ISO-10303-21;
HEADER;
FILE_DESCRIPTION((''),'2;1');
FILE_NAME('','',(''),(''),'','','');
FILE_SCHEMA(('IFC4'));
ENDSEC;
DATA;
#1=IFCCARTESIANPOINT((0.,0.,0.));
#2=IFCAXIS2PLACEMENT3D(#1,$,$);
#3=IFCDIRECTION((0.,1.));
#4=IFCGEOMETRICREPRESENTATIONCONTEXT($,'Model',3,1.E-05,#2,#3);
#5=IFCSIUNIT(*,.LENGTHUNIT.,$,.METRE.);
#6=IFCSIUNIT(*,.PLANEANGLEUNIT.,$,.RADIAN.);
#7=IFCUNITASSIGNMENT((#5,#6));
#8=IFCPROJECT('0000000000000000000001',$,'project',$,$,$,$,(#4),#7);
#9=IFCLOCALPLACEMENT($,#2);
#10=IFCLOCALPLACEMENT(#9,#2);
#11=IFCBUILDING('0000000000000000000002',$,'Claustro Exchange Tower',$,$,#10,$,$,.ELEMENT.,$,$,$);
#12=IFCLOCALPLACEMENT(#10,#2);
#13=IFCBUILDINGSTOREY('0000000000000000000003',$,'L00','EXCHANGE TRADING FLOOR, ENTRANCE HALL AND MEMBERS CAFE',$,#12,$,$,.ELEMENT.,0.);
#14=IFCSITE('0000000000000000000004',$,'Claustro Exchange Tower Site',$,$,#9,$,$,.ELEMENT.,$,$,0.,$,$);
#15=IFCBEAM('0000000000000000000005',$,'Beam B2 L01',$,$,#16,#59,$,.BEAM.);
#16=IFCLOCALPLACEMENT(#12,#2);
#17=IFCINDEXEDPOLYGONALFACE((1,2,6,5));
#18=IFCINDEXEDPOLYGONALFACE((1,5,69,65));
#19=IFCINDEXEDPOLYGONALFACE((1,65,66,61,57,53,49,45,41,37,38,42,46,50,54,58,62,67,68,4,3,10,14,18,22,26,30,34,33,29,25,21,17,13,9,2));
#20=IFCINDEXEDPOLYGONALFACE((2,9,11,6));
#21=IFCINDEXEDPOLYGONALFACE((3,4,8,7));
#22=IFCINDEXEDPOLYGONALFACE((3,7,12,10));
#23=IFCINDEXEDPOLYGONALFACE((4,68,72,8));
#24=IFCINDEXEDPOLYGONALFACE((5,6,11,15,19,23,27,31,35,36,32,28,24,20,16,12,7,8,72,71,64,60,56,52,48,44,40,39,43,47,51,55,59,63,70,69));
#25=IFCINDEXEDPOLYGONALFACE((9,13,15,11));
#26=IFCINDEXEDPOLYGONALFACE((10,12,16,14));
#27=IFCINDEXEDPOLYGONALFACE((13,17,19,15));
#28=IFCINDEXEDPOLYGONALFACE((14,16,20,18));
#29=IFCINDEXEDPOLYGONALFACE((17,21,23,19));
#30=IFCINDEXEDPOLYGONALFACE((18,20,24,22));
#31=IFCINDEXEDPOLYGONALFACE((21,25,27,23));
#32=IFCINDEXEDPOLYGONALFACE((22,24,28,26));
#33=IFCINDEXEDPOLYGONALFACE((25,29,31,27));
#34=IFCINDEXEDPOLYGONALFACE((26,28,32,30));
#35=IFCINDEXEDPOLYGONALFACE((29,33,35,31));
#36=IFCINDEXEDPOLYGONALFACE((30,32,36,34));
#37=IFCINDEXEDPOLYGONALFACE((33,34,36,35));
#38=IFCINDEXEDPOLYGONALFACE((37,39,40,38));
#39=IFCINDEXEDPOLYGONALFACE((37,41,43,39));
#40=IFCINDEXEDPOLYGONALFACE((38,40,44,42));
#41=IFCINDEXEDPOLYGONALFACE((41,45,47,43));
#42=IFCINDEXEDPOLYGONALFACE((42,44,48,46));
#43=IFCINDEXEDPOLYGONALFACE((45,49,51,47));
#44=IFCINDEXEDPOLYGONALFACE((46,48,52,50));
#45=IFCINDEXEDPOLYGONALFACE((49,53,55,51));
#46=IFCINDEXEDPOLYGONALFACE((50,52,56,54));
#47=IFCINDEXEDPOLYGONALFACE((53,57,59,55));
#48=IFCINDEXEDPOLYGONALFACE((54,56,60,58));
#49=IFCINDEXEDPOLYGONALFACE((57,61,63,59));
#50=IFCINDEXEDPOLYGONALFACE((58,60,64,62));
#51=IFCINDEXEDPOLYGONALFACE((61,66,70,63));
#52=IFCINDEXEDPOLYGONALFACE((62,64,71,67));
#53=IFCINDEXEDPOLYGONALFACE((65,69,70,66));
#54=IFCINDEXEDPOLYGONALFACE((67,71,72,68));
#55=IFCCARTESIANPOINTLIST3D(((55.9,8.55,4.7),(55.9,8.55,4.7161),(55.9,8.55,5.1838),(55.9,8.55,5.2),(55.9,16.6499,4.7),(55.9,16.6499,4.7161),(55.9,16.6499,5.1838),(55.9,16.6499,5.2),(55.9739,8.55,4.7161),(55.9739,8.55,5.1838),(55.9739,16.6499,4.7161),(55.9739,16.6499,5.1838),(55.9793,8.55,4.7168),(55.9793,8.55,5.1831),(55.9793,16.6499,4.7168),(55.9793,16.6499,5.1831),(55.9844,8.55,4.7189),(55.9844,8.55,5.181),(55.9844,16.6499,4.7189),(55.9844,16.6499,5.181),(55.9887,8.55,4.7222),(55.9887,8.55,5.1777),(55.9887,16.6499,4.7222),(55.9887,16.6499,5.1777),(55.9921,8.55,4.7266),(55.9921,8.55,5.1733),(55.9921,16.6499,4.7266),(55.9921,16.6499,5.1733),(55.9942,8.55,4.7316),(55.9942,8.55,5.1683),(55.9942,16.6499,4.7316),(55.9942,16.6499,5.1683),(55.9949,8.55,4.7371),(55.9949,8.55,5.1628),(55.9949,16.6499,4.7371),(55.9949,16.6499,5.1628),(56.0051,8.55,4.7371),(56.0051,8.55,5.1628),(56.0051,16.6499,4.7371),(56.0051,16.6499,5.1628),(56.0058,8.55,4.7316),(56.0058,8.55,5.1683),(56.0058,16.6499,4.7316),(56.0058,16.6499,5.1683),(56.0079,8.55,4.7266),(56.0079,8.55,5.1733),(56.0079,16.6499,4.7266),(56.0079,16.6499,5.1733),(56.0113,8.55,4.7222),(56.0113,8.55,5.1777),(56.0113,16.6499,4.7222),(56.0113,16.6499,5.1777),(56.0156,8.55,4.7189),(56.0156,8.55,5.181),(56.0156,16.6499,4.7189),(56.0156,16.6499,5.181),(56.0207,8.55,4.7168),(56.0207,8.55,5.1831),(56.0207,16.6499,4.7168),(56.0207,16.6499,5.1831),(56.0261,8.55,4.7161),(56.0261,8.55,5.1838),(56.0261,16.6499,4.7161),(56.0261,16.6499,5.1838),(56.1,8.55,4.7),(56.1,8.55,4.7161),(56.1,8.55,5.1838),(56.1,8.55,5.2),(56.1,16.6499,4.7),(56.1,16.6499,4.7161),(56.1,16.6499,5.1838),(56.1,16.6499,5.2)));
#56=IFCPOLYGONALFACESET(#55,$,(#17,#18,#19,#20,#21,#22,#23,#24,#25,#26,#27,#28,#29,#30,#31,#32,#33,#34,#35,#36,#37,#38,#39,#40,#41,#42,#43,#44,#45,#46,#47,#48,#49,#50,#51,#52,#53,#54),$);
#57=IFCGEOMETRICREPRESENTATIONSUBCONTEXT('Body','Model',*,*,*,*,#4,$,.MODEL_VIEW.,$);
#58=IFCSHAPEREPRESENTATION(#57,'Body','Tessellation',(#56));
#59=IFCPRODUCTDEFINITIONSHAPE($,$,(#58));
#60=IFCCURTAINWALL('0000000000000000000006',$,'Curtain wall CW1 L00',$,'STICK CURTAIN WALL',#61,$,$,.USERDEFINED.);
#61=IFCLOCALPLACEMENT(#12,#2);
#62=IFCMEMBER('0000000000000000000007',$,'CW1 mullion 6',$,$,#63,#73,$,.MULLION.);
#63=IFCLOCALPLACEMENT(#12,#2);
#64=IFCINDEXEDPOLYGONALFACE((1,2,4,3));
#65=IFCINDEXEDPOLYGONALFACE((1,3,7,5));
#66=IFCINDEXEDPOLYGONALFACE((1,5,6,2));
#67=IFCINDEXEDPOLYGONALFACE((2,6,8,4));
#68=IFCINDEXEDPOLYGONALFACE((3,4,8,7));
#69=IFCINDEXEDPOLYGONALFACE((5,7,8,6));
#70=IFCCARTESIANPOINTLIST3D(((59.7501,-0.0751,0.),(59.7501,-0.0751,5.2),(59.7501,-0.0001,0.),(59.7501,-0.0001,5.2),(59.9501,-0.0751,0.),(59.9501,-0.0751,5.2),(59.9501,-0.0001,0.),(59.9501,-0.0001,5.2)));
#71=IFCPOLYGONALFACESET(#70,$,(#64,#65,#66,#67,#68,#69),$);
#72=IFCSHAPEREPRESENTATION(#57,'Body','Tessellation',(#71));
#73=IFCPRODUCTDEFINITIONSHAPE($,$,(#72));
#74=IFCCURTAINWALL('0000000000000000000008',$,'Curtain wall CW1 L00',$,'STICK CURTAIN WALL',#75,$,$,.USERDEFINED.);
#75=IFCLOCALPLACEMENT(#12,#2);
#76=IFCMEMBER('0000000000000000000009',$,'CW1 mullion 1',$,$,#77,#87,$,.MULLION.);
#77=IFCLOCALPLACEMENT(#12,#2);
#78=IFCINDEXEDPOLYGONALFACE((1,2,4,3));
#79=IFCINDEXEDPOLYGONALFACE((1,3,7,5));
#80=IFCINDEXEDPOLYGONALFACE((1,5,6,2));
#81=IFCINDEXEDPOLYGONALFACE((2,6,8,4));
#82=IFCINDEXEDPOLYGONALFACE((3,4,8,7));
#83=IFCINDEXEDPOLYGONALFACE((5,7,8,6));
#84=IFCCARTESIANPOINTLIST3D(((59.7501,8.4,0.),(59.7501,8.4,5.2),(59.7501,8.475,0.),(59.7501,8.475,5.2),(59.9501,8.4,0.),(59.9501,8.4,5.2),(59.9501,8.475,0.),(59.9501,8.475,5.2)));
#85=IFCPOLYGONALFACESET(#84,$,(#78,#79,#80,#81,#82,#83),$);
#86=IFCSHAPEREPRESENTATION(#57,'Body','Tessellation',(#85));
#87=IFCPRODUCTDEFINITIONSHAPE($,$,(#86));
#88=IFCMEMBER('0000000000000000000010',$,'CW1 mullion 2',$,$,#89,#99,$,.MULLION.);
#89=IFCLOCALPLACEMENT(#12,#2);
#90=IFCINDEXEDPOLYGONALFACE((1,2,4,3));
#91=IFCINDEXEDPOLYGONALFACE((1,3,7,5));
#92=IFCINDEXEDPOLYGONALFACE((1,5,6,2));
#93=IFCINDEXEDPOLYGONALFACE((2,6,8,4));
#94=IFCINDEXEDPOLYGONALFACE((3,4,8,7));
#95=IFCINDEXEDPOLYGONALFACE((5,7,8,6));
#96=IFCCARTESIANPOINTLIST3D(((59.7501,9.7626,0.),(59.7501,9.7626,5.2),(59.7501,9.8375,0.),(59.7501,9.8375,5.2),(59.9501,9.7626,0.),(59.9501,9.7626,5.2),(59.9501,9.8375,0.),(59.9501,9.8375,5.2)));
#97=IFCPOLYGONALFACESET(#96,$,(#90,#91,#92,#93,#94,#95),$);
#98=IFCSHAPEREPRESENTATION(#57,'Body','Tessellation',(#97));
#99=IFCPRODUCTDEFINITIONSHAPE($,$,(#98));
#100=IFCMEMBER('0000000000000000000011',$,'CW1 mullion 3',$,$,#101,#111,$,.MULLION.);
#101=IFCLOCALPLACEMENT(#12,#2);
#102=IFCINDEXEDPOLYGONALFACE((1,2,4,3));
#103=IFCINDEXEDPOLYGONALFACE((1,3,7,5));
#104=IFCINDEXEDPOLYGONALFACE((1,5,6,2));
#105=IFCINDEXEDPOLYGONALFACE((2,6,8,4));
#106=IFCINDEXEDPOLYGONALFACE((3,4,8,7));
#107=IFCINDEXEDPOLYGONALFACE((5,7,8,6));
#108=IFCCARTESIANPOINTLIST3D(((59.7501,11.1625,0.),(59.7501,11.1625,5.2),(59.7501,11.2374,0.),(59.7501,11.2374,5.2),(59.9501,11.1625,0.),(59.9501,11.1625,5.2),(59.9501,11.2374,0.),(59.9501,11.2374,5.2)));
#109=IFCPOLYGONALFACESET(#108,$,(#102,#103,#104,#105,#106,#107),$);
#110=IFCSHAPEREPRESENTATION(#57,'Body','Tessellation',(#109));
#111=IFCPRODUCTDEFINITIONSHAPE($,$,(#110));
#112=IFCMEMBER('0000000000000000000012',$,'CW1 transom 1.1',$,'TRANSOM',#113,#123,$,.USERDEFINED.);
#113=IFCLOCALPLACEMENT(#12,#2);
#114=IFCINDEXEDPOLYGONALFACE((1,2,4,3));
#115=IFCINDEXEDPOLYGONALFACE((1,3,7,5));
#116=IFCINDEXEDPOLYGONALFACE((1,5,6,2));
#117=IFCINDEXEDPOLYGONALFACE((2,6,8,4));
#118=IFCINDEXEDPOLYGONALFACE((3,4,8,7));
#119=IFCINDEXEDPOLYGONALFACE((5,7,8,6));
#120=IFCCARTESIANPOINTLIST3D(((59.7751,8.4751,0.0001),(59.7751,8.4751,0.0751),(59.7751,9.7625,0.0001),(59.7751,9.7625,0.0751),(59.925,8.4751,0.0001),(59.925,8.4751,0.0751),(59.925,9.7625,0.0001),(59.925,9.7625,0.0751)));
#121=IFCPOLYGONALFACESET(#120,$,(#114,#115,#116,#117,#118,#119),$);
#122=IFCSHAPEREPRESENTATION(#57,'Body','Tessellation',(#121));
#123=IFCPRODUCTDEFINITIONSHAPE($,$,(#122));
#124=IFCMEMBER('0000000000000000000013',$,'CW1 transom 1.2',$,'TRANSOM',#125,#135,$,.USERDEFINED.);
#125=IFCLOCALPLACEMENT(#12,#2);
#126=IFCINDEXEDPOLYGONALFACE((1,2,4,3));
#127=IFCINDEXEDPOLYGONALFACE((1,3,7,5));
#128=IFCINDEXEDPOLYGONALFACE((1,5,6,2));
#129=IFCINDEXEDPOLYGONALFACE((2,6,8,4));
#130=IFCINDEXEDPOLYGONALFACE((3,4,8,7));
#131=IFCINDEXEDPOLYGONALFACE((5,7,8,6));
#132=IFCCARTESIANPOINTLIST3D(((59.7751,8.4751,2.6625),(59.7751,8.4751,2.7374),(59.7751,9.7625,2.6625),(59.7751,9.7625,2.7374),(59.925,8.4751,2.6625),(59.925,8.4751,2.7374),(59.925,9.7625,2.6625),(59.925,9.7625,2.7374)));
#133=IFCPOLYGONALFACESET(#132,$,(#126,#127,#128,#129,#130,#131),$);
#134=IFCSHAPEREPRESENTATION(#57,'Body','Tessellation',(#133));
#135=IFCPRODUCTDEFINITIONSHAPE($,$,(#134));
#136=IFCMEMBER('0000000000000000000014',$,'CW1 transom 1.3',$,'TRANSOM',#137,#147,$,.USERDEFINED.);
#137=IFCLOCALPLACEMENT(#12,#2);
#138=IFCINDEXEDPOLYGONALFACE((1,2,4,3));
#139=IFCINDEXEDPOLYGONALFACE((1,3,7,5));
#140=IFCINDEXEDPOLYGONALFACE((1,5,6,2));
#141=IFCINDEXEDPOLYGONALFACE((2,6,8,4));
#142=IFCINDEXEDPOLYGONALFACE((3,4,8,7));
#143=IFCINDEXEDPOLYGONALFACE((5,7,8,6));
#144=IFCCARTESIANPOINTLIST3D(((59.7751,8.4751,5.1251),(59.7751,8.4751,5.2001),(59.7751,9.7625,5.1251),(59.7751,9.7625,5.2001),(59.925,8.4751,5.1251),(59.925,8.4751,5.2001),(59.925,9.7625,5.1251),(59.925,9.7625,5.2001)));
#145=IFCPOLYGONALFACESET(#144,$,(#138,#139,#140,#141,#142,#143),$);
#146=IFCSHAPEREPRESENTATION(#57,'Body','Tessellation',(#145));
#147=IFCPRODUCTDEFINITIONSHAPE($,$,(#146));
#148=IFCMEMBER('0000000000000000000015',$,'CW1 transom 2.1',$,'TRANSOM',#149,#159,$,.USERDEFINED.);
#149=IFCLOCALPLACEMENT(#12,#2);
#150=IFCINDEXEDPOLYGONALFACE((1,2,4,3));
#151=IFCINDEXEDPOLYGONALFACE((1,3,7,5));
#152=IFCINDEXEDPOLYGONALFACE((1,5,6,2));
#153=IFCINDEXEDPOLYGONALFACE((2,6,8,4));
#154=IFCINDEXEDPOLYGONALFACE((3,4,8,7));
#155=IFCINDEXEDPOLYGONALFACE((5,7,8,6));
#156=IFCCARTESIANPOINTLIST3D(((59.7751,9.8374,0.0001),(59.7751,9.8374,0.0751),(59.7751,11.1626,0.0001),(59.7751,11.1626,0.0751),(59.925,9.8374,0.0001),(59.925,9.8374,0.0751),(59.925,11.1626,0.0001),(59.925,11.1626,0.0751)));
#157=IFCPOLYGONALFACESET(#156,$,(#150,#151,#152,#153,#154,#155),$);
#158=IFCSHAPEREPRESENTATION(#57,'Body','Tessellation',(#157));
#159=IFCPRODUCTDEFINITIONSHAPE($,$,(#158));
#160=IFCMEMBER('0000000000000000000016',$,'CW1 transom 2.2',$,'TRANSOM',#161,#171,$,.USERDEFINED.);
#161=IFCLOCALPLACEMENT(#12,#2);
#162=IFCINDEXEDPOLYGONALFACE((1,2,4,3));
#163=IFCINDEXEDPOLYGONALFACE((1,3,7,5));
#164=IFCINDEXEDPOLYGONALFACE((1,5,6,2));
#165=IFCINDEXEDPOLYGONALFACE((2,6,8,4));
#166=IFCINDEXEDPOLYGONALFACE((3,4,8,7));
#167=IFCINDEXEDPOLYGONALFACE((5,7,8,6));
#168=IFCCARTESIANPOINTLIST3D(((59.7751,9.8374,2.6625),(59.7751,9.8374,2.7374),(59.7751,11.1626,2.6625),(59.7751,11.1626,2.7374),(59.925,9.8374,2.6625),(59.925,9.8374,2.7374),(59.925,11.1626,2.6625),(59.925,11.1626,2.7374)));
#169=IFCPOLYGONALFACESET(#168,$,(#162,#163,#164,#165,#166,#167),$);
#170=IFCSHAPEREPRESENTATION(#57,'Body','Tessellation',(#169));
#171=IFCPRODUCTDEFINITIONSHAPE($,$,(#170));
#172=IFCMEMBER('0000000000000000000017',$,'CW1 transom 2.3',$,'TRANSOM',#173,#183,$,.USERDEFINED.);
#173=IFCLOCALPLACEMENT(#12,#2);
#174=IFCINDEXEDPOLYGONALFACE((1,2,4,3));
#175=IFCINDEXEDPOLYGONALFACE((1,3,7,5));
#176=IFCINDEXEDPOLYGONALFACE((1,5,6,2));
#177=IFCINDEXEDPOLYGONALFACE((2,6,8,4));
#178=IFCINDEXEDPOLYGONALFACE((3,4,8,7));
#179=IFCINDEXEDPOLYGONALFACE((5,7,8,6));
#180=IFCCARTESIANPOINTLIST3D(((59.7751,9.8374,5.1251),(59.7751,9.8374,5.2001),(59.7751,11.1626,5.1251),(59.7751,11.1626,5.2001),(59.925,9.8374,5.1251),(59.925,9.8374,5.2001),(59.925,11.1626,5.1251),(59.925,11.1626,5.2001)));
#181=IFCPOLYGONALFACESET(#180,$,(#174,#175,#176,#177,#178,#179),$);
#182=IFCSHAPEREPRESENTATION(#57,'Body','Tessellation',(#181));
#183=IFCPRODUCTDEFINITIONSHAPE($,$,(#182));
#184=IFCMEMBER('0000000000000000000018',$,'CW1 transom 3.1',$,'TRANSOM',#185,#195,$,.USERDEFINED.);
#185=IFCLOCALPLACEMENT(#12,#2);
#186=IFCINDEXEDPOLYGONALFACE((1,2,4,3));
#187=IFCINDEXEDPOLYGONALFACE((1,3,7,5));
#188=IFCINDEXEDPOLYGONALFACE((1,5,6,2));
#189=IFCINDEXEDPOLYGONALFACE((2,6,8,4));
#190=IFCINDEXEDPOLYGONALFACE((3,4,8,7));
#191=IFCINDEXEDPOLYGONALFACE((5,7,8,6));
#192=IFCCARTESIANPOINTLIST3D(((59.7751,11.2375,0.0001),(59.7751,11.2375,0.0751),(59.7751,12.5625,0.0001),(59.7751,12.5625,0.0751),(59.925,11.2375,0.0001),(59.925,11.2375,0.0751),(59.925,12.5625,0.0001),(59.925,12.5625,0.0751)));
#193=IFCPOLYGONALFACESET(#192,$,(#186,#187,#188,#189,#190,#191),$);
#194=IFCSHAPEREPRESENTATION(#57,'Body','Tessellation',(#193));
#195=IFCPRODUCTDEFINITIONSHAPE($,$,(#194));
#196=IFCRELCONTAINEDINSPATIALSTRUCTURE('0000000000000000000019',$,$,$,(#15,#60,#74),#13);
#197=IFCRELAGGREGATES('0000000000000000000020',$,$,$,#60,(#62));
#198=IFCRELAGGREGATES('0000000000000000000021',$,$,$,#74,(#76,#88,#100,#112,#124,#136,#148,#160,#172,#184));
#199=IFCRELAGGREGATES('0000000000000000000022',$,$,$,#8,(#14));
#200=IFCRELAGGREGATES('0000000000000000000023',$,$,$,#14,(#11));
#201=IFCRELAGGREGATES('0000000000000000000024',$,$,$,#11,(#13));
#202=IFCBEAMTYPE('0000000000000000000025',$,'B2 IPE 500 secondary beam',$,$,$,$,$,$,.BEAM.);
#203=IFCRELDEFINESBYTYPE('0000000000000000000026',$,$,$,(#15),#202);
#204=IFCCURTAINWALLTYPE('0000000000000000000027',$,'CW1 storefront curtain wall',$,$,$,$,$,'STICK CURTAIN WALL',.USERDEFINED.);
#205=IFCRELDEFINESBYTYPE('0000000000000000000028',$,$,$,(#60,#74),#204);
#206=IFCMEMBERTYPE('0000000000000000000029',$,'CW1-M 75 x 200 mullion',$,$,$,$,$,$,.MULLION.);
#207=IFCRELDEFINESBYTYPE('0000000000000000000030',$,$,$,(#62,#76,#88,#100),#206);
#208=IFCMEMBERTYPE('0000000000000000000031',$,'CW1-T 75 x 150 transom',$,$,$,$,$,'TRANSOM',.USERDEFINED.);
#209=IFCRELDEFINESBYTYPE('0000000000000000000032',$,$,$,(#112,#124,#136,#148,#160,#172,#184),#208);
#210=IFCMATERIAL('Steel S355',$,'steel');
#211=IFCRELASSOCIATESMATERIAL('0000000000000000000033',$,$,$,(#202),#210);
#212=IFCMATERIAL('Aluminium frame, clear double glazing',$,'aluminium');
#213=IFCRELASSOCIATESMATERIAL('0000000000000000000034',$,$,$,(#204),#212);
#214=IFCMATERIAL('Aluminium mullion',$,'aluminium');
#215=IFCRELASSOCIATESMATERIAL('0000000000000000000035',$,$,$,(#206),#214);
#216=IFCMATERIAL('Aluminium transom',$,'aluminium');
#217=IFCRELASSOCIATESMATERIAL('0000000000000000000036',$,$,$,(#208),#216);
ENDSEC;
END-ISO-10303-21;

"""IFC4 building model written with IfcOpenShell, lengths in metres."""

from ifc_helpers import new_model, si_unit, direction, frame, origin, origin_2d, place, context, subcontext, project, spatial, rectangle, i_section, extrude, material, material_profile, profile_set, type_object, element, aggregate, save


model = new_model("IFC4")

# Units and contexts
model_context = context("Model", 3, precision=1e-05, world=origin(), true_north=direction((0.0, 1.0)))
body_context = subcontext(model_context, "Body", "Model", "MODEL_VIEW")
ifc_project = project(units=[si_unit("LENGTHUNIT", "METRE"), si_unit("PLANEANGLEUNIT", "RADIAN")], contexts=[model_context])

# Site, building, storey
site_placement = place(None, origin())
site = spatial("IfcSite", under=ifc_project, at=site_placement, Name="Claustro Exchange Tower Site", CompositionType="ELEMENT", RefElevation=0.0)
building_placement = place(site_placement, origin())
building = spatial("IfcBuilding", under=site, at=building_placement, Name="Claustro Exchange Tower", CompositionType="ELEMENT")
storey_placement = place(building_placement, origin())
storey = spatial("IfcBuildingStorey", under=building, at=storey_placement, Name="L00", Description="EXCHANGE TRADING FLOOR, ENTRANCE HALL AND MEMBERS CAFE", CompositionType="ELEMENT", Elevation=0.0)

# Beam
ifc_material_1 = material(Name="Steel S355", Category="steel")
ifc_material_profile_1 = material_profile(ifc_material_1, i_section(OverallWidth=0.2, OverallDepth=0.5, WebThickness=0.0103, FlangeThickness=0.0161, FilletRadius=0.021, at=origin_2d()), Name="IPE 500")
ifc_profile_set_1 = profile_set([ifc_material_profile_1], Name="Steel S355")
beam_type_1 = type_object("IfcBeamType", Name="B2 IPE 500 secondary beam", PredefinedType="BEAM", material=ifc_profile_set_1)
for number, where, z_axis, x_axis, name in (
    (1, (56.0, 8.55, 4.95), (0.0, 1.0, 0.0), (-1.0, 0.0, 0.0), "Beam B2 L01"),
):
    element("IfcBeam", number, at=place(storey_placement, frame(where, z_axis=z_axis, x_axis=x_axis)), inside=storey, type_object=beam_type_1, Name=name, PredefinedType="BEAM", context=body_context, shape_type="SweptSolid", body=[
        extrude(i_section(OverallWidth=0.2, OverallDepth=0.5, WebThickness=0.0103, FlangeThickness=0.0161, FilletRadius=0.021, at=origin_2d()), origin(), (0.0, 0.0, 1.0), 8.0999),
    ])

# Curtain wall, member
ifc_material_2 = material(Name="Aluminium frame, clear double glazing", Category="aluminium")
curtain_wall_type = type_object("IfcCurtainWallType", Name="CW1 storefront curtain wall", ElementType="STICK CURTAIN WALL", PredefinedType="USERDEFINED", material=ifc_material_2)
curtain_wall_1_placement = place(storey_placement, origin())
curtain_wall_1 = element("IfcCurtainWall", 2, at=curtain_wall_1_placement, inside=storey, type_object=curtain_wall_type, Name="Curtain wall CW1 L00", ObjectType="STICK CURTAIN WALL", PredefinedType="USERDEFINED")
ifc_material_3 = material(Name="Aluminium mullion", Category="aluminium")
ifc_material_profile_2 = material_profile(ifc_material_3, rectangle(XDim=0.2, YDim=0.075, at=origin_2d()), Name="CW1-M 75x200")
ifc_profile_set_2 = profile_set([ifc_material_profile_2], Name="Aluminium mullion")
member_type_1 = type_object("IfcMemberType", Name="CW1-M 75 x 200 mullion", PredefinedType="MULLION", material=ifc_profile_set_2)
member_1_placement = place(storey_placement, frame((59.8501, -0.0376, 0.0), z_axis=(0.0, 0.0, 1.0), x_axis=(-1.0, 0.0, 0.0)))
member_1 = element("IfcMember", 3, at=member_1_placement, type_object=member_type_1, Name="CW1 mullion 6", PredefinedType="MULLION", context=body_context, shape_type="SweptSolid", body=[
    extrude(rectangle(XDim=0.2, YDim=0.075, at=origin_2d()), origin(), (0.0, 0.0, 1.0), 5.2),
])

# Curtain wall, members
curtain_wall_2_placement = place(storey_placement, origin())
curtain_wall_2 = element("IfcCurtainWall", 4, at=curtain_wall_2_placement, inside=storey, type_object=curtain_wall_type, Name="Curtain wall CW1 L00", ObjectType="STICK CURTAIN WALL", PredefinedType="USERDEFINED")
member_2_placement = place(storey_placement, frame((59.8501, 8.4375, 0.0), z_axis=(0.0, 0.0, 1.0), x_axis=(-1.0, 0.0, 0.0)))
member_2 = element("IfcMember", 5, at=member_2_placement, type_object=member_type_1, Name="CW1 mullion 1", PredefinedType="MULLION", context=body_context, shape_type="SweptSolid", body=[
    extrude(rectangle(XDim=0.2, YDim=0.075, at=origin_2d()), origin(), (0.0, 0.0, 1.0), 5.2),
])
member_3_placement = place(storey_placement, frame((59.8501, 9.8, 0.0), z_axis=(0.0, 0.0, 1.0), x_axis=(-1.0, 0.0, 0.0)))
member_3 = element("IfcMember", 6, at=member_3_placement, type_object=member_type_1, Name="CW1 mullion 2", PredefinedType="MULLION", context=body_context, shape_type="SweptSolid", body=[
    extrude(rectangle(XDim=0.2, YDim=0.075, at=origin_2d()), origin(), (0.0, 0.0, 1.0), 5.2),
])
member_4_placement = place(storey_placement, frame((59.8501, 11.2, 0.0), z_axis=(0.0, 0.0, 1.0), x_axis=(-1.0, 0.0, 0.0)))
member_4 = element("IfcMember", 7, at=member_4_placement, type_object=member_type_1, Name="CW1 mullion 3", PredefinedType="MULLION", context=body_context, shape_type="SweptSolid", body=[
    extrude(rectangle(XDim=0.2, YDim=0.075, at=origin_2d()), origin(), (0.0, 0.0, 1.0), 5.2),
])
ifc_material_4 = material(Name="Aluminium transom", Category="aluminium")
ifc_material_profile_3 = material_profile(ifc_material_4, rectangle(XDim=0.1499, YDim=0.075, at=origin_2d()), Name="CW1-T 75x150")
ifc_profile_set_3 = profile_set([ifc_material_profile_3], Name="Aluminium transom")
member_type_2 = type_object("IfcMemberType", Name="CW1-T 75 x 150 transom", ElementType="TRANSOM", PredefinedType="USERDEFINED", material=ifc_profile_set_3)
member_5_placement = place(storey_placement, frame((59.8501, 8.4751, 0.0376), z_axis=(0.0, 1.0, 0.0), x_axis=(-1.0, 0.0, 0.0)))
member_5 = element("IfcMember", 8, at=member_5_placement, type_object=member_type_2, Name="CW1 transom 1.1", ObjectType="TRANSOM", PredefinedType="USERDEFINED", context=body_context, shape_type="SweptSolid", body=[
    extrude(rectangle(XDim=0.1499, YDim=0.075, at=origin_2d()), origin(), (0.0, 0.0, 1.0), 1.2874),
])
member_6_placement = place(storey_placement, frame((59.8501, 8.4751, 2.7), z_axis=(0.0, 1.0, 0.0), x_axis=(-1.0, 0.0, 0.0)))
member_6 = element("IfcMember", 9, at=member_6_placement, type_object=member_type_2, Name="CW1 transom 1.2", ObjectType="TRANSOM", PredefinedType="USERDEFINED", context=body_context, shape_type="SweptSolid", body=[
    extrude(rectangle(XDim=0.1499, YDim=0.075, at=origin_2d()), origin(), (0.0, 0.0, 1.0), 1.2874),
])
member_7_placement = place(storey_placement, frame((59.8501, 8.4751, 5.1626), z_axis=(0.0, 1.0, 0.0), x_axis=(-1.0, 0.0, 0.0)))
member_7 = element("IfcMember", 10, at=member_7_placement, type_object=member_type_2, Name="CW1 transom 1.3", ObjectType="TRANSOM", PredefinedType="USERDEFINED", context=body_context, shape_type="SweptSolid", body=[
    extrude(rectangle(XDim=0.1499, YDim=0.075, at=origin_2d()), origin(), (0.0, 0.0, 1.0), 1.2874),
])
member_8_placement = place(storey_placement, frame((59.8501, 9.8374, 0.0376), z_axis=(0.0, 1.0, 0.0), x_axis=(-1.0, 0.0, 0.0)))
member_8 = element("IfcMember", 11, at=member_8_placement, type_object=member_type_2, Name="CW1 transom 2.1", ObjectType="TRANSOM", PredefinedType="USERDEFINED", context=body_context, shape_type="SweptSolid", body=[
    extrude(rectangle(XDim=0.1499, YDim=0.075, at=origin_2d()), origin(), (0.0, 0.0, 1.0), 1.3252),
])
member_9_placement = place(storey_placement, frame((59.8501, 9.8374, 2.7), z_axis=(0.0, 1.0, 0.0), x_axis=(-1.0, 0.0, 0.0)))
member_9 = element("IfcMember", 12, at=member_9_placement, type_object=member_type_2, Name="CW1 transom 2.2", ObjectType="TRANSOM", PredefinedType="USERDEFINED", context=body_context, shape_type="SweptSolid", body=[
    extrude(rectangle(XDim=0.1499, YDim=0.075, at=origin_2d()), origin(), (0.0, 0.0, 1.0), 1.3252),
])
member_10_placement = place(storey_placement, frame((59.8501, 9.8374, 5.1626), z_axis=(0.0, 1.0, 0.0), x_axis=(-1.0, 0.0, 0.0)))
member_10 = element("IfcMember", 13, at=member_10_placement, type_object=member_type_2, Name="CW1 transom 2.3", ObjectType="TRANSOM", PredefinedType="USERDEFINED", context=body_context, shape_type="SweptSolid", body=[
    extrude(rectangle(XDim=0.1499, YDim=0.075, at=origin_2d()), origin(), (0.0, 0.0, 1.0), 1.3252),
])
member_11_placement = place(storey_placement, frame((59.8501, 11.2375, 0.0376), z_axis=(0.0, 1.0, 0.0), x_axis=(-1.0, 0.0, 0.0)))
member_11 = element("IfcMember", 14, at=member_11_placement, type_object=member_type_2, Name="CW1 transom 3.1", ObjectType="TRANSOM", PredefinedType="USERDEFINED", context=body_context, shape_type="SweptSolid", body=[
    extrude(rectangle(XDim=0.1499, YDim=0.075, at=origin_2d()), origin(), (0.0, 0.0, 1.0), 1.325),
])

aggregate(curtain_wall_1, [member_1])
aggregate(curtain_wall_2, [member_2, member_3, member_4, member_5, member_6, member_7, member_8, member_9, member_10, member_11])

save(model, "model.ifc")
